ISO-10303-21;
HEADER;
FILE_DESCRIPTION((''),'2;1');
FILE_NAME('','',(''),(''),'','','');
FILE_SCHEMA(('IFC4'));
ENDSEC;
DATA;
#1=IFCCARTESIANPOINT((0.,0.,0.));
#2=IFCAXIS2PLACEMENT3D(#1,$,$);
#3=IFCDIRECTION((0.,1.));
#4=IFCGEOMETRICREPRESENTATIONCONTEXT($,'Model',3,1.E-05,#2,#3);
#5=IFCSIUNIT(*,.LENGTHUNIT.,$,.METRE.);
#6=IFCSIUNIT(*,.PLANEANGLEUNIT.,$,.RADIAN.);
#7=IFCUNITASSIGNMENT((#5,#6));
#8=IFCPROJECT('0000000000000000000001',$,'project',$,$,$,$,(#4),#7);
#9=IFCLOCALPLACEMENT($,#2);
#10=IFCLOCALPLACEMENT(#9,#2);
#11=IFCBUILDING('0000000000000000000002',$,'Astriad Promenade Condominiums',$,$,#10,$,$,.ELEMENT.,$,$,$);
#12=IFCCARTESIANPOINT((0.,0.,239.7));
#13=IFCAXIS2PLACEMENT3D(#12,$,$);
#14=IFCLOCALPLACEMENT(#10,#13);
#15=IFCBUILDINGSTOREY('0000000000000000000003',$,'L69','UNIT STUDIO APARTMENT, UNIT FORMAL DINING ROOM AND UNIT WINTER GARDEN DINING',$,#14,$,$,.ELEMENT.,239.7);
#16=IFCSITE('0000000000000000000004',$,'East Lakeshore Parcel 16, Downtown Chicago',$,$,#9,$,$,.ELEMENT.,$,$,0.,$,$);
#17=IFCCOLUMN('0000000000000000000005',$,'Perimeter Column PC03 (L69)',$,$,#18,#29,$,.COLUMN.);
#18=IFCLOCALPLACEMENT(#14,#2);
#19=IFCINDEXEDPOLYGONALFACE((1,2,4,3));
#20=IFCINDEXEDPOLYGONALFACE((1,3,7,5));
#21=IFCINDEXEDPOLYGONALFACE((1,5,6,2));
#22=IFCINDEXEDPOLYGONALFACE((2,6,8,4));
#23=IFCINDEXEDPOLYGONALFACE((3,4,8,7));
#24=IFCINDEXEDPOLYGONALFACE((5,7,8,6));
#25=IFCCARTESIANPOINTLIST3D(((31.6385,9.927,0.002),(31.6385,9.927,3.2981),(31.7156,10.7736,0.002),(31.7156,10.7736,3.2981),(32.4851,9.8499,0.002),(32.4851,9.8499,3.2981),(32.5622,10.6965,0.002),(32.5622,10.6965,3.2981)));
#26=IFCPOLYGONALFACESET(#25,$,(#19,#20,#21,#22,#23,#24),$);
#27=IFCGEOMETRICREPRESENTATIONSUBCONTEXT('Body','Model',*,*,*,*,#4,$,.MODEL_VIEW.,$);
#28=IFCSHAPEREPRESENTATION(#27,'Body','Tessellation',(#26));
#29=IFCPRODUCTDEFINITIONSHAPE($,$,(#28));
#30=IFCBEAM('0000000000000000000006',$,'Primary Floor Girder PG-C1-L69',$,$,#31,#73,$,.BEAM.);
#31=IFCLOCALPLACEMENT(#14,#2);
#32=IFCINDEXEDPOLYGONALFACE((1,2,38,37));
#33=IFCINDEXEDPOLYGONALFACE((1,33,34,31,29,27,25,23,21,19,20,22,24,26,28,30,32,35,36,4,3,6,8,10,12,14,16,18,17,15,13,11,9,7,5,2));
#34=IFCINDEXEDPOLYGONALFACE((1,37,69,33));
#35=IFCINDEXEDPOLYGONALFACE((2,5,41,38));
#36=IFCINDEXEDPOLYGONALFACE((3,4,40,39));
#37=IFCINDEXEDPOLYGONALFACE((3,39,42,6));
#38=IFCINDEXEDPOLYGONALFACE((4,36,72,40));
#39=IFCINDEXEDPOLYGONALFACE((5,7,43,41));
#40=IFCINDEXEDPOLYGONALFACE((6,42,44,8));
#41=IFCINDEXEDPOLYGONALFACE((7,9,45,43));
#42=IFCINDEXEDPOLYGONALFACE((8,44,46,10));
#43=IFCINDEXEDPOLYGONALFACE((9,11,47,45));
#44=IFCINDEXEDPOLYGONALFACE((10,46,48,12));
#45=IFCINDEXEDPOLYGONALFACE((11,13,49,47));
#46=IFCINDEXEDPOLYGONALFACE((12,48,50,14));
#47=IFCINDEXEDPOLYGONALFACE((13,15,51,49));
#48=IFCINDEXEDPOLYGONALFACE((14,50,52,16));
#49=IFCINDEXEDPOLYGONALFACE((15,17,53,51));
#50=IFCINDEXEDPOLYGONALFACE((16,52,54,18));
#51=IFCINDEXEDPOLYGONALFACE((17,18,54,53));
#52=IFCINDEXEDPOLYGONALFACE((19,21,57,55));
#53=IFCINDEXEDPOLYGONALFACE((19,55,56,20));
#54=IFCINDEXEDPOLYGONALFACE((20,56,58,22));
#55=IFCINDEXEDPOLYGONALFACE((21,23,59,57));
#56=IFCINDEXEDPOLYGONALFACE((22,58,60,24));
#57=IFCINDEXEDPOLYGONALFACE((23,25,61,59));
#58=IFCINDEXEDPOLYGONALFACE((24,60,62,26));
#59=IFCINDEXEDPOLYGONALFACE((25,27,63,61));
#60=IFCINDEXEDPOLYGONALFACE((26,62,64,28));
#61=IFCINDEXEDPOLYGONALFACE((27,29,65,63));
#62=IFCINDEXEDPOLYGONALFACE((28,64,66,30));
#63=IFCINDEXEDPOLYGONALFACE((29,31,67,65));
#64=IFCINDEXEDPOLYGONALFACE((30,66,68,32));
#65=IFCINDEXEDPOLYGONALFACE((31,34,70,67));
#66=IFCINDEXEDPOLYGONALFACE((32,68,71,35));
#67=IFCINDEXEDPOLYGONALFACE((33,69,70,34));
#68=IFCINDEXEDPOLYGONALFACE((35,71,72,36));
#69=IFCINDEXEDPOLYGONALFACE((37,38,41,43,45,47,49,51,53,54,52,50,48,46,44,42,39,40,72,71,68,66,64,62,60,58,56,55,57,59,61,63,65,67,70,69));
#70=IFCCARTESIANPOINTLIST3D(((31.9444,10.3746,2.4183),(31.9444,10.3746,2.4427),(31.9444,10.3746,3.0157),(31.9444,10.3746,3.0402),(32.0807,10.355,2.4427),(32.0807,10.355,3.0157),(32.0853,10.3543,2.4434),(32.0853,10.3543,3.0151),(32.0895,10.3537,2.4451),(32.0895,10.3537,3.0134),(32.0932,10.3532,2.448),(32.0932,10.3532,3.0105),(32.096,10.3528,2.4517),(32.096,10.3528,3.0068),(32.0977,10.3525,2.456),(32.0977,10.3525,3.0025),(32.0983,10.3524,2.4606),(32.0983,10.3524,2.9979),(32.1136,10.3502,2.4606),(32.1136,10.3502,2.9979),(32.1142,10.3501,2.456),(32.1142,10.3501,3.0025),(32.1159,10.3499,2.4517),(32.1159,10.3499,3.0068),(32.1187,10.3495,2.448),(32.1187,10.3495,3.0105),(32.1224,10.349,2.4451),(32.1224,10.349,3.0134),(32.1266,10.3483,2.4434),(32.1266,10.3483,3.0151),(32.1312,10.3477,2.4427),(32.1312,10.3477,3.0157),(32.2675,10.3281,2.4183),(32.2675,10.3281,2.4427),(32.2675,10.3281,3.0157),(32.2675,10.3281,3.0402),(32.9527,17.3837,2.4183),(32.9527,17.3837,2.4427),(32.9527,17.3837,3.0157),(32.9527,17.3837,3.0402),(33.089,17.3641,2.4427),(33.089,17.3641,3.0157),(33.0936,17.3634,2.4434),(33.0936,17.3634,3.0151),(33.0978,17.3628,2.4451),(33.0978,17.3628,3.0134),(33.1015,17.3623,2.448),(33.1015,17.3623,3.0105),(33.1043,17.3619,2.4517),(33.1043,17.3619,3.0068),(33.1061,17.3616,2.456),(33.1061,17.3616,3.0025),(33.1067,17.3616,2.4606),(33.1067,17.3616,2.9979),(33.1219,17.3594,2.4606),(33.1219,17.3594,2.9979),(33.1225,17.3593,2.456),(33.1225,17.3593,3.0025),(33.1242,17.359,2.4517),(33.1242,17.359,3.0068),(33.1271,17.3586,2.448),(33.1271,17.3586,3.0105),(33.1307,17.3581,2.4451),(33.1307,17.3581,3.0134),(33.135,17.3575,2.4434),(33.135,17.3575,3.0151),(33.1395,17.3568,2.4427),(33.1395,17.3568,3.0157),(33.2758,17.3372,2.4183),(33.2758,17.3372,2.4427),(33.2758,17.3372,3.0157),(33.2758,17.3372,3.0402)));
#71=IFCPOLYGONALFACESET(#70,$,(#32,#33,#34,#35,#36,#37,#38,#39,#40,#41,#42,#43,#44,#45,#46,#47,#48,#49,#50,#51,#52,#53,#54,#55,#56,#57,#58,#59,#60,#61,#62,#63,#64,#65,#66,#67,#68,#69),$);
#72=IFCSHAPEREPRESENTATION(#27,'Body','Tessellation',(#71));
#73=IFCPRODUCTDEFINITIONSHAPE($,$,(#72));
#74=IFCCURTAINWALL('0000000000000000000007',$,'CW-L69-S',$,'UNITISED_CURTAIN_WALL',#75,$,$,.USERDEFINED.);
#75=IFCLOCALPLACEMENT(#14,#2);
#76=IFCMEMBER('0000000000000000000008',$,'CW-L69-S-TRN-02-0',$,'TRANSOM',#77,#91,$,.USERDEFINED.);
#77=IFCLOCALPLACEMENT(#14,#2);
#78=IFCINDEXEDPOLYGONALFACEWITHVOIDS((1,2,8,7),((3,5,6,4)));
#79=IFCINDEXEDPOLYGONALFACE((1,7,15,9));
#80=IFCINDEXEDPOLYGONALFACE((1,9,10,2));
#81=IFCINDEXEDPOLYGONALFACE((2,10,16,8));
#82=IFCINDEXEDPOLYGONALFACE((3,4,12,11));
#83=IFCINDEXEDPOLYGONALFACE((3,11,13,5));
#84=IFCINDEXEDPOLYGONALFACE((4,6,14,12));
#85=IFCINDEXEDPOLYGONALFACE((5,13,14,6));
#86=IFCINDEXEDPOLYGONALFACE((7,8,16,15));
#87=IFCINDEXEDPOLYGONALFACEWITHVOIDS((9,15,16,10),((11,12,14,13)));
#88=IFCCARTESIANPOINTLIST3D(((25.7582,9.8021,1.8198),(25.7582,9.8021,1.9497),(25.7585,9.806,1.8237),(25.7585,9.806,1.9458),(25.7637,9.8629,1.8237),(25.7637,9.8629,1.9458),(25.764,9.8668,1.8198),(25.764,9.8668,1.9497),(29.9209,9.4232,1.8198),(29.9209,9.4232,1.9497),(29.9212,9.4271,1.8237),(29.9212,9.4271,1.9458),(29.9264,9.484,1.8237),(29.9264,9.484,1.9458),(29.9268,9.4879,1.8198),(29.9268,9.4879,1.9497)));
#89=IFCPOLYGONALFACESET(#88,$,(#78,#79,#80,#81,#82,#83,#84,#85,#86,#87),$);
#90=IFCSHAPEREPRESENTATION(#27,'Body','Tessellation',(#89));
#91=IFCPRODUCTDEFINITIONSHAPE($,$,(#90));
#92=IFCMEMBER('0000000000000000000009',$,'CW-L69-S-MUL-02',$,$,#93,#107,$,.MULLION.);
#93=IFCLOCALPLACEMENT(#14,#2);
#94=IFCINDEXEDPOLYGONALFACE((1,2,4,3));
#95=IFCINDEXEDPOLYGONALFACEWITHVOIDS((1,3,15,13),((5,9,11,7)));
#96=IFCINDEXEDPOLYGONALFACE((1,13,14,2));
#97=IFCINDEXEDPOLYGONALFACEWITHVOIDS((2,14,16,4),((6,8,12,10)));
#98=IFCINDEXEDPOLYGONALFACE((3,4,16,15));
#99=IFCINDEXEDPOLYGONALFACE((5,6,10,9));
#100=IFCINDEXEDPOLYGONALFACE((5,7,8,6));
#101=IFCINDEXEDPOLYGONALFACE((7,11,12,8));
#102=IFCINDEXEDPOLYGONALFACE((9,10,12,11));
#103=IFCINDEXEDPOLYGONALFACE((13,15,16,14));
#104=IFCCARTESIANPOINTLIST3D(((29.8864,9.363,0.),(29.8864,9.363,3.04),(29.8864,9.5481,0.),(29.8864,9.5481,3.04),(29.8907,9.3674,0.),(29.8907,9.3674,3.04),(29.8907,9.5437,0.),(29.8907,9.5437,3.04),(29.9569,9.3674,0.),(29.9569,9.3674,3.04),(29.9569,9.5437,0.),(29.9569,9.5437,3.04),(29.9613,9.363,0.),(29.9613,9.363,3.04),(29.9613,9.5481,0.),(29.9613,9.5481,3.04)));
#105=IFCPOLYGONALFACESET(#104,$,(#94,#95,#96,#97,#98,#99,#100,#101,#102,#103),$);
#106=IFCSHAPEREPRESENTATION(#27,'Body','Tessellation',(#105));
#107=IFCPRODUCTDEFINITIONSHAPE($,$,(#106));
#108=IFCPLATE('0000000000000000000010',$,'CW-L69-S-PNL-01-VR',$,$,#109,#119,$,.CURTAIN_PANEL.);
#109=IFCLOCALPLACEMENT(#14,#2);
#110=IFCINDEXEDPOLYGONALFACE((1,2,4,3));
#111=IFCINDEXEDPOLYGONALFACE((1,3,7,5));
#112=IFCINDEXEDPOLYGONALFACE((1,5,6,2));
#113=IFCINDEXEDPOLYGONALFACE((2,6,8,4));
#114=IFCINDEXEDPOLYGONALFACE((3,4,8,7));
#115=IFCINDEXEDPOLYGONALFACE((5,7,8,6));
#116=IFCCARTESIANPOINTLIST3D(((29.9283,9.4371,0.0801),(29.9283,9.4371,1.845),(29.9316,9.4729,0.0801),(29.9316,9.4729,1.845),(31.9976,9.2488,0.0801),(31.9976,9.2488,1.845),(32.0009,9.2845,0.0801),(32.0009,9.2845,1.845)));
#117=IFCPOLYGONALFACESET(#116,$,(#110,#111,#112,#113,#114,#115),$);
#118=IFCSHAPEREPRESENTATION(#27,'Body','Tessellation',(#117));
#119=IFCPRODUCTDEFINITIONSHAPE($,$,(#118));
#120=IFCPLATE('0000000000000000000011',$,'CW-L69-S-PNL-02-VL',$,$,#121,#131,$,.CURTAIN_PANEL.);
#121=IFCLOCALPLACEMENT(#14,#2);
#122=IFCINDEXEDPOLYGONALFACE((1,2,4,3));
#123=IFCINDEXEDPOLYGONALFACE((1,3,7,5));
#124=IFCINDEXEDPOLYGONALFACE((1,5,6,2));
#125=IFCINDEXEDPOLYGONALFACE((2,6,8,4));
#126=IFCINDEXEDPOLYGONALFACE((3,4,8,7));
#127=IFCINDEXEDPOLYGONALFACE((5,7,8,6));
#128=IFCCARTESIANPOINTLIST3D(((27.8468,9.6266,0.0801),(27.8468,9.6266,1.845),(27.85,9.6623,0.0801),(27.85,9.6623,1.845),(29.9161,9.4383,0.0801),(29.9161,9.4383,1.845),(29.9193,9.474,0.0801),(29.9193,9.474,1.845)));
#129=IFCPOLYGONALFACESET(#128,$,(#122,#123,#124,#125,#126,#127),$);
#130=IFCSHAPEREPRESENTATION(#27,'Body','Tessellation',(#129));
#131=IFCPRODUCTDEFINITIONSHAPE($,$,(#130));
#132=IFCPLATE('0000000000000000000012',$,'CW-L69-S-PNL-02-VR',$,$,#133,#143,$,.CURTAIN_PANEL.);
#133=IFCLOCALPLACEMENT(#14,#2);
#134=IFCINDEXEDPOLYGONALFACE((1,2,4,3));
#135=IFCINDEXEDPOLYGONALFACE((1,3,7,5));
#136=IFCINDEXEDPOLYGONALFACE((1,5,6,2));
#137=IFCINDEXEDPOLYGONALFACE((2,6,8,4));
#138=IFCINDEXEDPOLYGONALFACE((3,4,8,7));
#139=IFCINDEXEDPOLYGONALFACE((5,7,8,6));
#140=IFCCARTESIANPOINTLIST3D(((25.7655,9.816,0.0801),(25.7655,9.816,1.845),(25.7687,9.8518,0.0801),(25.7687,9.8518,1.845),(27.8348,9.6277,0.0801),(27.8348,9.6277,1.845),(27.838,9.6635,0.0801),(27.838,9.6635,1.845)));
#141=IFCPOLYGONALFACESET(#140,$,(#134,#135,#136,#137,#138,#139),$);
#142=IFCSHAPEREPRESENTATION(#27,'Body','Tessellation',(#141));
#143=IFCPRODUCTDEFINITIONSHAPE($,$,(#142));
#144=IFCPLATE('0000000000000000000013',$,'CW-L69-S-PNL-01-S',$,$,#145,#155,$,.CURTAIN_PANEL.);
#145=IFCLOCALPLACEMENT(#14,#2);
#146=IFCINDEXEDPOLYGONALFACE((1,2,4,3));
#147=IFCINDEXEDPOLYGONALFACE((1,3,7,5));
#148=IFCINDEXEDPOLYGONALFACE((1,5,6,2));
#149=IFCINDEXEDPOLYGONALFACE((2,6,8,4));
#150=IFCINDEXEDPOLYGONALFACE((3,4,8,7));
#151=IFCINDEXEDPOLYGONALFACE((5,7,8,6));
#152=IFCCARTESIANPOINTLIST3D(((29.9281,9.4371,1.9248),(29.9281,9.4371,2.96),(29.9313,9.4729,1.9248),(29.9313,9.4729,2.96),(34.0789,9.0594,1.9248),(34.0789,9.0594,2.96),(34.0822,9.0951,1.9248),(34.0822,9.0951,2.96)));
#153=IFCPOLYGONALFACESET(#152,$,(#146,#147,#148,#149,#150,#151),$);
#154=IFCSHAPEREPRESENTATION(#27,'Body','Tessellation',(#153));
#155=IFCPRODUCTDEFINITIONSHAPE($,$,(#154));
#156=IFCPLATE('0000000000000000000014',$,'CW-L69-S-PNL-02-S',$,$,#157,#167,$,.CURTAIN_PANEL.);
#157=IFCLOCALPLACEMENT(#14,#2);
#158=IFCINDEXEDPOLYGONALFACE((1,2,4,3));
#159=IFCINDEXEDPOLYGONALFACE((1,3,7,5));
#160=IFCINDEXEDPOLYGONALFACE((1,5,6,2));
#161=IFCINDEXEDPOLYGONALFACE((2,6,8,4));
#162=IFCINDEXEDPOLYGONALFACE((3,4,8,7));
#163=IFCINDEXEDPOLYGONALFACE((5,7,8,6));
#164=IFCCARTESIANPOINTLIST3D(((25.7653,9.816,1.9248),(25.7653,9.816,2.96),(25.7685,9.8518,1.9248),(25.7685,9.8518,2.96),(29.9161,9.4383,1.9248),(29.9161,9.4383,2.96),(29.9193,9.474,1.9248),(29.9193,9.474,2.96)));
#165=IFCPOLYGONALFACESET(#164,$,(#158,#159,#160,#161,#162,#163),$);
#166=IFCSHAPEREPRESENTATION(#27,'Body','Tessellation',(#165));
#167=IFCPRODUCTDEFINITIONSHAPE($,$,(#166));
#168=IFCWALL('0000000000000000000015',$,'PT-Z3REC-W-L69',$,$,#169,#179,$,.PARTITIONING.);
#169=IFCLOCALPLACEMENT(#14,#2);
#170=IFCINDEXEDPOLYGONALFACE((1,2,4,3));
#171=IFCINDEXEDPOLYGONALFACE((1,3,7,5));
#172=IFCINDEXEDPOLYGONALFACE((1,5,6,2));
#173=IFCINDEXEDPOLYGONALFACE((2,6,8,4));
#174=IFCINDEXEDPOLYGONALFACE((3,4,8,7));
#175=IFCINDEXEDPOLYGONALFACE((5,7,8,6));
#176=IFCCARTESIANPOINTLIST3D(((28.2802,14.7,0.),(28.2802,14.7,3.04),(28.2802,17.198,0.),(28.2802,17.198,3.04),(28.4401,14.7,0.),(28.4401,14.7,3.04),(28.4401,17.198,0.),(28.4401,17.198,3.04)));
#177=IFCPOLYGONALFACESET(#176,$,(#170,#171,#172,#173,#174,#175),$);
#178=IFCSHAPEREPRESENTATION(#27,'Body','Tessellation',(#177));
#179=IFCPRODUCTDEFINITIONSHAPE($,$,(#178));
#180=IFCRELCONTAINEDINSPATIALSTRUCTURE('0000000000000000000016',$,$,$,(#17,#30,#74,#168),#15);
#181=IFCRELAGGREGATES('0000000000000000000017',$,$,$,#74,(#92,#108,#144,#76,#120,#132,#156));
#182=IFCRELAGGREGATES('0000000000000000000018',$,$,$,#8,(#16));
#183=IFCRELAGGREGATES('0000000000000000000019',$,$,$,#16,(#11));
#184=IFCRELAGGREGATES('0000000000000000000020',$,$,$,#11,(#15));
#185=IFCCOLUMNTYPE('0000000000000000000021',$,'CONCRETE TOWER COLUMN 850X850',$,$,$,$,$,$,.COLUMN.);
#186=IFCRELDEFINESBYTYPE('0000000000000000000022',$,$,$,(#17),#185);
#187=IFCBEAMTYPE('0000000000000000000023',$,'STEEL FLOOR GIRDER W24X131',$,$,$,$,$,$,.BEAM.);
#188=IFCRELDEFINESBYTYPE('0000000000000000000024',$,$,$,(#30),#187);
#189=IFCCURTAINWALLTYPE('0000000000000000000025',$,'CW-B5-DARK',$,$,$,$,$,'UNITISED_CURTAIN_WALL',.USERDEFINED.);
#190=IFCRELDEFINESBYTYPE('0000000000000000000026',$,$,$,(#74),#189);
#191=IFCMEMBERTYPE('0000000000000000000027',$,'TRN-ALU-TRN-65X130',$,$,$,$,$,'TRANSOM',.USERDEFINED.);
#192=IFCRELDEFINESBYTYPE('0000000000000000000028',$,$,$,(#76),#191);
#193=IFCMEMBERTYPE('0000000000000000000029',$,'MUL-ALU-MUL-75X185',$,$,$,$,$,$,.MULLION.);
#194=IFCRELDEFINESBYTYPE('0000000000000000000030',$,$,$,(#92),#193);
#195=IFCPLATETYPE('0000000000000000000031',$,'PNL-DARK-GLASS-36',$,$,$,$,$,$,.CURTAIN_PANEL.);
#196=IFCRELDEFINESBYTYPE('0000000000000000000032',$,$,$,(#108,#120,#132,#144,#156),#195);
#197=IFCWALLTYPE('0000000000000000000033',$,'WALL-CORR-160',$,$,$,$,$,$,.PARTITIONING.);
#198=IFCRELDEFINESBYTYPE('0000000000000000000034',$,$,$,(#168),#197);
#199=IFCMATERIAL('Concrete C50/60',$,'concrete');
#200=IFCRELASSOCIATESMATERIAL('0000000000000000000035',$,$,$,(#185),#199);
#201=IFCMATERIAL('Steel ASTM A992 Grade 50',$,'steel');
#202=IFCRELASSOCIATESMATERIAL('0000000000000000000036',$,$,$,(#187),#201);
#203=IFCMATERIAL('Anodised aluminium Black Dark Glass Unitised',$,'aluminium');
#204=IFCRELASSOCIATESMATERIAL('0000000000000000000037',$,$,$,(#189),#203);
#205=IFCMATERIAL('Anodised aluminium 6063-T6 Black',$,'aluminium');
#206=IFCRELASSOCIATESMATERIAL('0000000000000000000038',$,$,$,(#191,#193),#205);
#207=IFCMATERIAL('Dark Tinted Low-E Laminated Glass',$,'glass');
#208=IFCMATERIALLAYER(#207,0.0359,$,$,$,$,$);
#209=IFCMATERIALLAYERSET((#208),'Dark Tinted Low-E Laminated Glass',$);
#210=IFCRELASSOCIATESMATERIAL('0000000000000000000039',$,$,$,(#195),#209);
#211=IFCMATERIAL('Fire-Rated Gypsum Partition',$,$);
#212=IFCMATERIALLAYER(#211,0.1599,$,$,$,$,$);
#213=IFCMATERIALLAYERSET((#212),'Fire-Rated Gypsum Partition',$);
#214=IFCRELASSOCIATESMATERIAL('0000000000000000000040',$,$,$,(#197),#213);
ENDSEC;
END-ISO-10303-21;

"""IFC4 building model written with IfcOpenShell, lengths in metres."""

from ifc_helpers import new_model, si_unit, direction, frame, frame_2d, origin, origin_2d, place, context, subcontext, project, spatial, rectangle, hollow_rectangle, i_section, extrude, source, transform, mapped, material, layer, layer_set, material_profile, profile_set, type_object, type_shapes, element, aggregate, save


model = new_model("IFC4")

# Units and contexts
model_context = context("Model", 3, precision=1e-05, world=origin(), true_north=direction((0.0, 1.0)))
body_context = subcontext(model_context, "Body", "Model", "MODEL_VIEW")
ifc_project = project(units=[si_unit("LENGTHUNIT", "METRE"), si_unit("PLANEANGLEUNIT", "RADIAN")], contexts=[model_context])

# Site, building, storey
site_placement = place(None, origin())
site = spatial("IfcSite", under=ifc_project, at=site_placement, Name="East Lakeshore Parcel 16, Downtown Chicago", CompositionType="ELEMENT", RefElevation=0.0)
building_placement = place(site_placement, origin())
building = spatial("IfcBuilding", under=site, at=building_placement, Name="Astriad Promenade Condominiums", CompositionType="ELEMENT")
storey_placement = place(building_placement, frame((0.0, 0.0, 239.7)))
storey = spatial("IfcBuildingStorey", under=building, at=storey_placement, Name="L69", Description="UNIT STUDIO APARTMENT, UNIT FORMAL DINING ROOM AND UNIT WINTER GARDEN DINING", CompositionType="ELEMENT", Elevation=239.7)

# Column
ifc_material_1 = material(Name="Concrete C50/60", Category="concrete")
ifc_material_profile_1 = material_profile(ifc_material_1, rectangle(XDim=0.8501, YDim=0.8501, at=origin_2d()), Name="RC-COL-850X850")
ifc_profile_set_1 = profile_set([ifc_material_profile_1], Name="Concrete C50/60")
column_type = type_object("IfcColumnType", Name="CONCRETE TOWER COLUMN 850X850", PredefinedType="COLUMN", material=ifc_profile_set_1)
shared_shape_1 = source(origin(), body_context, "Body", "SweptSolid", [
    extrude(rectangle(XDim=0.8501, YDim=0.8501, at=origin_2d()), origin(), (0.0, 0.0, 1.0), 3.2961),
])
type_shapes(column_type, [shared_shape_1])
column_placement = place(storey_placement, frame((32.1003, 10.3118, 0.002), z_axis=(0.0, 0.0, 1.0), x_axis=(0.995884, -0.090633, 0.0)))
element("IfcColumn", 1, at=column_placement, inside=storey, type_object=column_type, Name="Perimeter Column PC03 (L69)", PredefinedType="COLUMN", context=body_context, shape_type="MappedRepresentation", body=[
    mapped(shared_shape_1, transform((0.0, 0.0, 0.0), scale=1.0)),
])

# Beam
ifc_material_2 = material(Name="Steel ASTM A992 Grade 50", Category="steel")
ifc_material_profile_2 = material_profile(ifc_material_2, i_section(OverallWidth=0.3264, OverallDepth=0.6218, WebThickness=0.0154, FlangeThickness=0.0244, FilletRadius=0.0178, at=origin_2d()), Name="W24X131")
ifc_profile_set_2 = profile_set([ifc_material_profile_2], Name="Steel ASTM A992 Grade 50")
beam_type = type_object("IfcBeamType", Name="STEEL FLOOR GIRDER W24X131", PredefinedType="BEAM", material=ifc_profile_set_2)
shared_shape_2 = source(origin(), body_context, "Body", "SweptSolid", [
    extrude(i_section(OverallWidth=0.3264, OverallDepth=0.6218, WebThickness=0.0154, FlangeThickness=0.0244, FilletRadius=0.0178, at=origin_2d()), origin(), (0.0, 0.0, 1.0), 7.0813),
])
type_shapes(beam_type, [shared_shape_2])
beam_placement = place(storey_placement, frame((32.106, 10.3513, 2.7292), z_axis=(0.142391, 0.98981, 0.0), x_axis=(-0.98981, 0.142391, 0.0)))
element("IfcBeam", 2, at=beam_placement, inside=storey, type_object=beam_type, Name="Primary Floor Girder PG-C1-L69", PredefinedType="BEAM", context=body_context, shape_type="MappedRepresentation", body=[
    mapped(shared_shape_2, transform((0.0, 0.0, 0.0), scale=1.0)),
])

# Curtain wall, members, plates
ifc_material_3 = material(Name="Anodised aluminium Black Dark Glass Unitised", Category="aluminium")
curtain_wall_type = type_object("IfcCurtainWallType", Name="CW-B5-DARK", ElementType="UNITISED_CURTAIN_WALL", PredefinedType="USERDEFINED", material=ifc_material_3)
curtain_wall_placement = place(storey_placement, origin())
curtain_wall = element("IfcCurtainWall", 3, at=curtain_wall_placement, inside=storey, type_object=curtain_wall_type, Name="CW-L69-S", ObjectType="UNITISED_CURTAIN_WALL", PredefinedType="USERDEFINED")
ifc_material_4 = material(Name="Anodised aluminium 6063-T6 Black", Category="aluminium")
ifc_material_profile_3 = material_profile(ifc_material_4, hollow_rectangle(XDim=0.0649, YDim=0.1299, WallThickness=0.0039, at=origin_2d()), Name="ALU-TRN-65X130")
ifc_profile_set_3 = profile_set([ifc_material_profile_3], Name="Anodised aluminium 6063-T6 Black")
member_type_1 = type_object("IfcMemberType", Name="TRN-ALU-TRN-65X130", ElementType="TRANSOM", PredefinedType="USERDEFINED", material=ifc_profile_set_3)
shared_shape_3 = source(origin(), body_context, "Body", "SweptSolid", [
    extrude(hollow_rectangle(XDim=0.0649, YDim=0.1299, WallThickness=0.0039, at=origin_2d()), origin(), (0.0, 0.0, 1.0), 4.1799),
])
type_shapes(member_type_1, [shared_shape_3])
member_1_placement = place(storey_placement, frame((29.9238, 9.4556, 1.8848), z_axis=(-0.995883, 0.090646, 0.0), x_axis=(-0.090646, -0.995883, 0.0)))
member_1 = element("IfcMember", 4, at=member_1_placement, type_object=member_type_1, Name="CW-L69-S-TRN-02-0", ObjectType="TRANSOM", PredefinedType="USERDEFINED", context=body_context, shape_type="MappedRepresentation", body=[
    mapped(shared_shape_3, transform((0.0, 0.0, 0.0), scale=1.0)),
])
ifc_material_profile_4 = material_profile(ifc_material_4, hollow_rectangle(XDim=0.075, YDim=0.1851, WallThickness=0.0044, at=origin_2d()), Name="ALU-MUL-75X185")
ifc_profile_set_4 = profile_set([ifc_material_profile_4], Name="Anodised aluminium 6063-T6 Black")
member_type_2 = type_object("IfcMemberType", Name="MUL-ALU-MUL-75X185", PredefinedType="MULLION", material=ifc_profile_set_4)
shared_shape_4 = source(origin(), body_context, "Body", "SweptSolid", [
    extrude(hollow_rectangle(XDim=0.075, YDim=0.1851, WallThickness=0.0044, at=origin_2d()), origin(), (0.0, 0.0, 1.0), 3.04),
])
type_shapes(member_type_2, [shared_shape_4])
member_2_placement = place(storey_placement, frame((29.9238, 9.4556, 0.0), z_axis=(0.0, 0.0, 1.0), x_axis=(1.0, 0.0, 0.0)))
member_2 = element("IfcMember", 5, at=member_2_placement, type_object=member_type_2, Name="CW-L69-S-MUL-02", PredefinedType="MULLION", context=body_context, shape_type="MappedRepresentation", body=[
    mapped(shared_shape_4, transform((0.0, 0.0, 0.0), scale=1.0)),
])
ifc_material_5 = material(Name="Dark Tinted Low-E Laminated Glass", Category="glass")
ifc_layer_1 = layer(ifc_material_5, 0.0359)
ifc_layer_set_1 = layer_set([ifc_layer_1], Name="Dark Tinted Low-E Laminated Glass")
plate_type = type_object("IfcPlateType", Name="PNL-DARK-GLASS-36", PredefinedType="CURTAIN_PANEL", material=ifc_layer_set_1)
shared_shape_5 = source(origin(), body_context, "Body", "SweptSolid", [
    extrude(rectangle(XDim=2.0779, YDim=0.0359, at=origin_2d()), origin(), (0.0, 0.0, 1.0), 1.7649),
])
plate_1_placement = place(storey_placement, frame((30.9646, 9.3608, 0.0801), z_axis=(0.0, 0.0, 1.0), x_axis=(-0.995884, 0.090633, 0.0)))
plate_1 = element("IfcPlate", 6, at=plate_1_placement, type_object=plate_type, Name="CW-L69-S-PNL-01-VR", PredefinedType="CURTAIN_PANEL", context=body_context, shape_type="MappedRepresentation", body=[
    mapped(shared_shape_5, transform((0.0, 0.0, 0.0), scale=1.0)),
])
plate_2_placement = place(storey_placement, frame((28.8831, 9.5503, 0.0801), z_axis=(0.0, 0.0, 1.0), x_axis=(-0.995884, 0.090633, 0.0)))
plate_2 = element("IfcPlate", 7, at=plate_2_placement, type_object=plate_type, Name="CW-L69-S-PNL-02-VL", PredefinedType="CURTAIN_PANEL", context=body_context, shape_type="MappedRepresentation", body=[
    mapped(shared_shape_5, transform((0.0, 0.0, 0.0), scale=1.0)),
])
plate_3_placement = place(storey_placement, frame((26.8018, 9.7397, 0.0801), z_axis=(0.0, 0.0, 1.0), x_axis=(-0.995884, 0.090633, 0.0)))
plate_3 = element("IfcPlate", 8, at=plate_3_placement, type_object=plate_type, Name="CW-L69-S-PNL-02-VR", PredefinedType="CURTAIN_PANEL", context=body_context, shape_type="MappedRepresentation", body=[
    mapped(shared_shape_5, transform((0.0, 0.0, 0.0), scale=1.0)),
])
shared_shape_6 = source(origin(), body_context, "Body", "SweptSolid", [
    extrude(rectangle(XDim=4.168, YDim=0.0359, at=origin_2d()), origin(), (0.0, 0.0, 1.0), 1.0352),
])
type_shapes(plate_type, [shared_shape_5, shared_shape_6])
plate_4_placement = place(storey_placement, frame((32.0051, 9.2661, 1.9248), z_axis=(0.0, 0.0, 1.0), x_axis=(-0.995884, 0.090633, 0.0)))
plate_4 = element("IfcPlate", 9, at=plate_4_placement, type_object=plate_type, Name="CW-L69-S-PNL-01-S", PredefinedType="CURTAIN_PANEL", context=body_context, shape_type="MappedRepresentation", body=[
    mapped(shared_shape_6, transform((0.0, 0.0, 0.0), scale=1.0)),
])
plate_5_placement = place(storey_placement, frame((27.8423, 9.645, 1.9248), z_axis=(0.0, 0.0, 1.0), x_axis=(-0.995884, 0.090633, 0.0)))
plate_5 = element("IfcPlate", 10, at=plate_5_placement, type_object=plate_type, Name="CW-L69-S-PNL-02-S", PredefinedType="CURTAIN_PANEL", context=body_context, shape_type="MappedRepresentation", body=[
    mapped(shared_shape_6, transform((0.0, 0.0, 0.0), scale=1.0)),
])
aggregate(curtain_wall, [member_2, plate_1, plate_4, member_1, plate_2, plate_3, plate_5])

# Wall
ifc_material_6 = material(Name="Fire-Rated Gypsum Partition")
ifc_layer_2 = layer(ifc_material_6, 0.1599)
ifc_layer_set_2 = layer_set([ifc_layer_2], Name="Fire-Rated Gypsum Partition")
wall_type_1 = type_object("IfcWallType", Name="WALL-CORR-160", PredefinedType="PARTITIONING", material=ifc_layer_set_2)
wall_1_placement = place(storey_placement, frame((28.3601, 14.7, 0.0), z_axis=(0.0, 0.0, 1.0), x_axis=(0.0, 1.0, 0.0)))
element("IfcWall", 11, at=wall_1_placement, inside=storey, type_object=wall_type_1, Name="PT-Z3REC-W-L69", PredefinedType="PARTITIONING", context=body_context, shape_type="SweptSolid", body=[
    extrude(rectangle(XDim=2.498, YDim=0.1599, at=frame_2d((1.249, 0.0))), origin(), (0.0, 0.0, 1.0), 3.04),
])

save(model, "model.ifc")
